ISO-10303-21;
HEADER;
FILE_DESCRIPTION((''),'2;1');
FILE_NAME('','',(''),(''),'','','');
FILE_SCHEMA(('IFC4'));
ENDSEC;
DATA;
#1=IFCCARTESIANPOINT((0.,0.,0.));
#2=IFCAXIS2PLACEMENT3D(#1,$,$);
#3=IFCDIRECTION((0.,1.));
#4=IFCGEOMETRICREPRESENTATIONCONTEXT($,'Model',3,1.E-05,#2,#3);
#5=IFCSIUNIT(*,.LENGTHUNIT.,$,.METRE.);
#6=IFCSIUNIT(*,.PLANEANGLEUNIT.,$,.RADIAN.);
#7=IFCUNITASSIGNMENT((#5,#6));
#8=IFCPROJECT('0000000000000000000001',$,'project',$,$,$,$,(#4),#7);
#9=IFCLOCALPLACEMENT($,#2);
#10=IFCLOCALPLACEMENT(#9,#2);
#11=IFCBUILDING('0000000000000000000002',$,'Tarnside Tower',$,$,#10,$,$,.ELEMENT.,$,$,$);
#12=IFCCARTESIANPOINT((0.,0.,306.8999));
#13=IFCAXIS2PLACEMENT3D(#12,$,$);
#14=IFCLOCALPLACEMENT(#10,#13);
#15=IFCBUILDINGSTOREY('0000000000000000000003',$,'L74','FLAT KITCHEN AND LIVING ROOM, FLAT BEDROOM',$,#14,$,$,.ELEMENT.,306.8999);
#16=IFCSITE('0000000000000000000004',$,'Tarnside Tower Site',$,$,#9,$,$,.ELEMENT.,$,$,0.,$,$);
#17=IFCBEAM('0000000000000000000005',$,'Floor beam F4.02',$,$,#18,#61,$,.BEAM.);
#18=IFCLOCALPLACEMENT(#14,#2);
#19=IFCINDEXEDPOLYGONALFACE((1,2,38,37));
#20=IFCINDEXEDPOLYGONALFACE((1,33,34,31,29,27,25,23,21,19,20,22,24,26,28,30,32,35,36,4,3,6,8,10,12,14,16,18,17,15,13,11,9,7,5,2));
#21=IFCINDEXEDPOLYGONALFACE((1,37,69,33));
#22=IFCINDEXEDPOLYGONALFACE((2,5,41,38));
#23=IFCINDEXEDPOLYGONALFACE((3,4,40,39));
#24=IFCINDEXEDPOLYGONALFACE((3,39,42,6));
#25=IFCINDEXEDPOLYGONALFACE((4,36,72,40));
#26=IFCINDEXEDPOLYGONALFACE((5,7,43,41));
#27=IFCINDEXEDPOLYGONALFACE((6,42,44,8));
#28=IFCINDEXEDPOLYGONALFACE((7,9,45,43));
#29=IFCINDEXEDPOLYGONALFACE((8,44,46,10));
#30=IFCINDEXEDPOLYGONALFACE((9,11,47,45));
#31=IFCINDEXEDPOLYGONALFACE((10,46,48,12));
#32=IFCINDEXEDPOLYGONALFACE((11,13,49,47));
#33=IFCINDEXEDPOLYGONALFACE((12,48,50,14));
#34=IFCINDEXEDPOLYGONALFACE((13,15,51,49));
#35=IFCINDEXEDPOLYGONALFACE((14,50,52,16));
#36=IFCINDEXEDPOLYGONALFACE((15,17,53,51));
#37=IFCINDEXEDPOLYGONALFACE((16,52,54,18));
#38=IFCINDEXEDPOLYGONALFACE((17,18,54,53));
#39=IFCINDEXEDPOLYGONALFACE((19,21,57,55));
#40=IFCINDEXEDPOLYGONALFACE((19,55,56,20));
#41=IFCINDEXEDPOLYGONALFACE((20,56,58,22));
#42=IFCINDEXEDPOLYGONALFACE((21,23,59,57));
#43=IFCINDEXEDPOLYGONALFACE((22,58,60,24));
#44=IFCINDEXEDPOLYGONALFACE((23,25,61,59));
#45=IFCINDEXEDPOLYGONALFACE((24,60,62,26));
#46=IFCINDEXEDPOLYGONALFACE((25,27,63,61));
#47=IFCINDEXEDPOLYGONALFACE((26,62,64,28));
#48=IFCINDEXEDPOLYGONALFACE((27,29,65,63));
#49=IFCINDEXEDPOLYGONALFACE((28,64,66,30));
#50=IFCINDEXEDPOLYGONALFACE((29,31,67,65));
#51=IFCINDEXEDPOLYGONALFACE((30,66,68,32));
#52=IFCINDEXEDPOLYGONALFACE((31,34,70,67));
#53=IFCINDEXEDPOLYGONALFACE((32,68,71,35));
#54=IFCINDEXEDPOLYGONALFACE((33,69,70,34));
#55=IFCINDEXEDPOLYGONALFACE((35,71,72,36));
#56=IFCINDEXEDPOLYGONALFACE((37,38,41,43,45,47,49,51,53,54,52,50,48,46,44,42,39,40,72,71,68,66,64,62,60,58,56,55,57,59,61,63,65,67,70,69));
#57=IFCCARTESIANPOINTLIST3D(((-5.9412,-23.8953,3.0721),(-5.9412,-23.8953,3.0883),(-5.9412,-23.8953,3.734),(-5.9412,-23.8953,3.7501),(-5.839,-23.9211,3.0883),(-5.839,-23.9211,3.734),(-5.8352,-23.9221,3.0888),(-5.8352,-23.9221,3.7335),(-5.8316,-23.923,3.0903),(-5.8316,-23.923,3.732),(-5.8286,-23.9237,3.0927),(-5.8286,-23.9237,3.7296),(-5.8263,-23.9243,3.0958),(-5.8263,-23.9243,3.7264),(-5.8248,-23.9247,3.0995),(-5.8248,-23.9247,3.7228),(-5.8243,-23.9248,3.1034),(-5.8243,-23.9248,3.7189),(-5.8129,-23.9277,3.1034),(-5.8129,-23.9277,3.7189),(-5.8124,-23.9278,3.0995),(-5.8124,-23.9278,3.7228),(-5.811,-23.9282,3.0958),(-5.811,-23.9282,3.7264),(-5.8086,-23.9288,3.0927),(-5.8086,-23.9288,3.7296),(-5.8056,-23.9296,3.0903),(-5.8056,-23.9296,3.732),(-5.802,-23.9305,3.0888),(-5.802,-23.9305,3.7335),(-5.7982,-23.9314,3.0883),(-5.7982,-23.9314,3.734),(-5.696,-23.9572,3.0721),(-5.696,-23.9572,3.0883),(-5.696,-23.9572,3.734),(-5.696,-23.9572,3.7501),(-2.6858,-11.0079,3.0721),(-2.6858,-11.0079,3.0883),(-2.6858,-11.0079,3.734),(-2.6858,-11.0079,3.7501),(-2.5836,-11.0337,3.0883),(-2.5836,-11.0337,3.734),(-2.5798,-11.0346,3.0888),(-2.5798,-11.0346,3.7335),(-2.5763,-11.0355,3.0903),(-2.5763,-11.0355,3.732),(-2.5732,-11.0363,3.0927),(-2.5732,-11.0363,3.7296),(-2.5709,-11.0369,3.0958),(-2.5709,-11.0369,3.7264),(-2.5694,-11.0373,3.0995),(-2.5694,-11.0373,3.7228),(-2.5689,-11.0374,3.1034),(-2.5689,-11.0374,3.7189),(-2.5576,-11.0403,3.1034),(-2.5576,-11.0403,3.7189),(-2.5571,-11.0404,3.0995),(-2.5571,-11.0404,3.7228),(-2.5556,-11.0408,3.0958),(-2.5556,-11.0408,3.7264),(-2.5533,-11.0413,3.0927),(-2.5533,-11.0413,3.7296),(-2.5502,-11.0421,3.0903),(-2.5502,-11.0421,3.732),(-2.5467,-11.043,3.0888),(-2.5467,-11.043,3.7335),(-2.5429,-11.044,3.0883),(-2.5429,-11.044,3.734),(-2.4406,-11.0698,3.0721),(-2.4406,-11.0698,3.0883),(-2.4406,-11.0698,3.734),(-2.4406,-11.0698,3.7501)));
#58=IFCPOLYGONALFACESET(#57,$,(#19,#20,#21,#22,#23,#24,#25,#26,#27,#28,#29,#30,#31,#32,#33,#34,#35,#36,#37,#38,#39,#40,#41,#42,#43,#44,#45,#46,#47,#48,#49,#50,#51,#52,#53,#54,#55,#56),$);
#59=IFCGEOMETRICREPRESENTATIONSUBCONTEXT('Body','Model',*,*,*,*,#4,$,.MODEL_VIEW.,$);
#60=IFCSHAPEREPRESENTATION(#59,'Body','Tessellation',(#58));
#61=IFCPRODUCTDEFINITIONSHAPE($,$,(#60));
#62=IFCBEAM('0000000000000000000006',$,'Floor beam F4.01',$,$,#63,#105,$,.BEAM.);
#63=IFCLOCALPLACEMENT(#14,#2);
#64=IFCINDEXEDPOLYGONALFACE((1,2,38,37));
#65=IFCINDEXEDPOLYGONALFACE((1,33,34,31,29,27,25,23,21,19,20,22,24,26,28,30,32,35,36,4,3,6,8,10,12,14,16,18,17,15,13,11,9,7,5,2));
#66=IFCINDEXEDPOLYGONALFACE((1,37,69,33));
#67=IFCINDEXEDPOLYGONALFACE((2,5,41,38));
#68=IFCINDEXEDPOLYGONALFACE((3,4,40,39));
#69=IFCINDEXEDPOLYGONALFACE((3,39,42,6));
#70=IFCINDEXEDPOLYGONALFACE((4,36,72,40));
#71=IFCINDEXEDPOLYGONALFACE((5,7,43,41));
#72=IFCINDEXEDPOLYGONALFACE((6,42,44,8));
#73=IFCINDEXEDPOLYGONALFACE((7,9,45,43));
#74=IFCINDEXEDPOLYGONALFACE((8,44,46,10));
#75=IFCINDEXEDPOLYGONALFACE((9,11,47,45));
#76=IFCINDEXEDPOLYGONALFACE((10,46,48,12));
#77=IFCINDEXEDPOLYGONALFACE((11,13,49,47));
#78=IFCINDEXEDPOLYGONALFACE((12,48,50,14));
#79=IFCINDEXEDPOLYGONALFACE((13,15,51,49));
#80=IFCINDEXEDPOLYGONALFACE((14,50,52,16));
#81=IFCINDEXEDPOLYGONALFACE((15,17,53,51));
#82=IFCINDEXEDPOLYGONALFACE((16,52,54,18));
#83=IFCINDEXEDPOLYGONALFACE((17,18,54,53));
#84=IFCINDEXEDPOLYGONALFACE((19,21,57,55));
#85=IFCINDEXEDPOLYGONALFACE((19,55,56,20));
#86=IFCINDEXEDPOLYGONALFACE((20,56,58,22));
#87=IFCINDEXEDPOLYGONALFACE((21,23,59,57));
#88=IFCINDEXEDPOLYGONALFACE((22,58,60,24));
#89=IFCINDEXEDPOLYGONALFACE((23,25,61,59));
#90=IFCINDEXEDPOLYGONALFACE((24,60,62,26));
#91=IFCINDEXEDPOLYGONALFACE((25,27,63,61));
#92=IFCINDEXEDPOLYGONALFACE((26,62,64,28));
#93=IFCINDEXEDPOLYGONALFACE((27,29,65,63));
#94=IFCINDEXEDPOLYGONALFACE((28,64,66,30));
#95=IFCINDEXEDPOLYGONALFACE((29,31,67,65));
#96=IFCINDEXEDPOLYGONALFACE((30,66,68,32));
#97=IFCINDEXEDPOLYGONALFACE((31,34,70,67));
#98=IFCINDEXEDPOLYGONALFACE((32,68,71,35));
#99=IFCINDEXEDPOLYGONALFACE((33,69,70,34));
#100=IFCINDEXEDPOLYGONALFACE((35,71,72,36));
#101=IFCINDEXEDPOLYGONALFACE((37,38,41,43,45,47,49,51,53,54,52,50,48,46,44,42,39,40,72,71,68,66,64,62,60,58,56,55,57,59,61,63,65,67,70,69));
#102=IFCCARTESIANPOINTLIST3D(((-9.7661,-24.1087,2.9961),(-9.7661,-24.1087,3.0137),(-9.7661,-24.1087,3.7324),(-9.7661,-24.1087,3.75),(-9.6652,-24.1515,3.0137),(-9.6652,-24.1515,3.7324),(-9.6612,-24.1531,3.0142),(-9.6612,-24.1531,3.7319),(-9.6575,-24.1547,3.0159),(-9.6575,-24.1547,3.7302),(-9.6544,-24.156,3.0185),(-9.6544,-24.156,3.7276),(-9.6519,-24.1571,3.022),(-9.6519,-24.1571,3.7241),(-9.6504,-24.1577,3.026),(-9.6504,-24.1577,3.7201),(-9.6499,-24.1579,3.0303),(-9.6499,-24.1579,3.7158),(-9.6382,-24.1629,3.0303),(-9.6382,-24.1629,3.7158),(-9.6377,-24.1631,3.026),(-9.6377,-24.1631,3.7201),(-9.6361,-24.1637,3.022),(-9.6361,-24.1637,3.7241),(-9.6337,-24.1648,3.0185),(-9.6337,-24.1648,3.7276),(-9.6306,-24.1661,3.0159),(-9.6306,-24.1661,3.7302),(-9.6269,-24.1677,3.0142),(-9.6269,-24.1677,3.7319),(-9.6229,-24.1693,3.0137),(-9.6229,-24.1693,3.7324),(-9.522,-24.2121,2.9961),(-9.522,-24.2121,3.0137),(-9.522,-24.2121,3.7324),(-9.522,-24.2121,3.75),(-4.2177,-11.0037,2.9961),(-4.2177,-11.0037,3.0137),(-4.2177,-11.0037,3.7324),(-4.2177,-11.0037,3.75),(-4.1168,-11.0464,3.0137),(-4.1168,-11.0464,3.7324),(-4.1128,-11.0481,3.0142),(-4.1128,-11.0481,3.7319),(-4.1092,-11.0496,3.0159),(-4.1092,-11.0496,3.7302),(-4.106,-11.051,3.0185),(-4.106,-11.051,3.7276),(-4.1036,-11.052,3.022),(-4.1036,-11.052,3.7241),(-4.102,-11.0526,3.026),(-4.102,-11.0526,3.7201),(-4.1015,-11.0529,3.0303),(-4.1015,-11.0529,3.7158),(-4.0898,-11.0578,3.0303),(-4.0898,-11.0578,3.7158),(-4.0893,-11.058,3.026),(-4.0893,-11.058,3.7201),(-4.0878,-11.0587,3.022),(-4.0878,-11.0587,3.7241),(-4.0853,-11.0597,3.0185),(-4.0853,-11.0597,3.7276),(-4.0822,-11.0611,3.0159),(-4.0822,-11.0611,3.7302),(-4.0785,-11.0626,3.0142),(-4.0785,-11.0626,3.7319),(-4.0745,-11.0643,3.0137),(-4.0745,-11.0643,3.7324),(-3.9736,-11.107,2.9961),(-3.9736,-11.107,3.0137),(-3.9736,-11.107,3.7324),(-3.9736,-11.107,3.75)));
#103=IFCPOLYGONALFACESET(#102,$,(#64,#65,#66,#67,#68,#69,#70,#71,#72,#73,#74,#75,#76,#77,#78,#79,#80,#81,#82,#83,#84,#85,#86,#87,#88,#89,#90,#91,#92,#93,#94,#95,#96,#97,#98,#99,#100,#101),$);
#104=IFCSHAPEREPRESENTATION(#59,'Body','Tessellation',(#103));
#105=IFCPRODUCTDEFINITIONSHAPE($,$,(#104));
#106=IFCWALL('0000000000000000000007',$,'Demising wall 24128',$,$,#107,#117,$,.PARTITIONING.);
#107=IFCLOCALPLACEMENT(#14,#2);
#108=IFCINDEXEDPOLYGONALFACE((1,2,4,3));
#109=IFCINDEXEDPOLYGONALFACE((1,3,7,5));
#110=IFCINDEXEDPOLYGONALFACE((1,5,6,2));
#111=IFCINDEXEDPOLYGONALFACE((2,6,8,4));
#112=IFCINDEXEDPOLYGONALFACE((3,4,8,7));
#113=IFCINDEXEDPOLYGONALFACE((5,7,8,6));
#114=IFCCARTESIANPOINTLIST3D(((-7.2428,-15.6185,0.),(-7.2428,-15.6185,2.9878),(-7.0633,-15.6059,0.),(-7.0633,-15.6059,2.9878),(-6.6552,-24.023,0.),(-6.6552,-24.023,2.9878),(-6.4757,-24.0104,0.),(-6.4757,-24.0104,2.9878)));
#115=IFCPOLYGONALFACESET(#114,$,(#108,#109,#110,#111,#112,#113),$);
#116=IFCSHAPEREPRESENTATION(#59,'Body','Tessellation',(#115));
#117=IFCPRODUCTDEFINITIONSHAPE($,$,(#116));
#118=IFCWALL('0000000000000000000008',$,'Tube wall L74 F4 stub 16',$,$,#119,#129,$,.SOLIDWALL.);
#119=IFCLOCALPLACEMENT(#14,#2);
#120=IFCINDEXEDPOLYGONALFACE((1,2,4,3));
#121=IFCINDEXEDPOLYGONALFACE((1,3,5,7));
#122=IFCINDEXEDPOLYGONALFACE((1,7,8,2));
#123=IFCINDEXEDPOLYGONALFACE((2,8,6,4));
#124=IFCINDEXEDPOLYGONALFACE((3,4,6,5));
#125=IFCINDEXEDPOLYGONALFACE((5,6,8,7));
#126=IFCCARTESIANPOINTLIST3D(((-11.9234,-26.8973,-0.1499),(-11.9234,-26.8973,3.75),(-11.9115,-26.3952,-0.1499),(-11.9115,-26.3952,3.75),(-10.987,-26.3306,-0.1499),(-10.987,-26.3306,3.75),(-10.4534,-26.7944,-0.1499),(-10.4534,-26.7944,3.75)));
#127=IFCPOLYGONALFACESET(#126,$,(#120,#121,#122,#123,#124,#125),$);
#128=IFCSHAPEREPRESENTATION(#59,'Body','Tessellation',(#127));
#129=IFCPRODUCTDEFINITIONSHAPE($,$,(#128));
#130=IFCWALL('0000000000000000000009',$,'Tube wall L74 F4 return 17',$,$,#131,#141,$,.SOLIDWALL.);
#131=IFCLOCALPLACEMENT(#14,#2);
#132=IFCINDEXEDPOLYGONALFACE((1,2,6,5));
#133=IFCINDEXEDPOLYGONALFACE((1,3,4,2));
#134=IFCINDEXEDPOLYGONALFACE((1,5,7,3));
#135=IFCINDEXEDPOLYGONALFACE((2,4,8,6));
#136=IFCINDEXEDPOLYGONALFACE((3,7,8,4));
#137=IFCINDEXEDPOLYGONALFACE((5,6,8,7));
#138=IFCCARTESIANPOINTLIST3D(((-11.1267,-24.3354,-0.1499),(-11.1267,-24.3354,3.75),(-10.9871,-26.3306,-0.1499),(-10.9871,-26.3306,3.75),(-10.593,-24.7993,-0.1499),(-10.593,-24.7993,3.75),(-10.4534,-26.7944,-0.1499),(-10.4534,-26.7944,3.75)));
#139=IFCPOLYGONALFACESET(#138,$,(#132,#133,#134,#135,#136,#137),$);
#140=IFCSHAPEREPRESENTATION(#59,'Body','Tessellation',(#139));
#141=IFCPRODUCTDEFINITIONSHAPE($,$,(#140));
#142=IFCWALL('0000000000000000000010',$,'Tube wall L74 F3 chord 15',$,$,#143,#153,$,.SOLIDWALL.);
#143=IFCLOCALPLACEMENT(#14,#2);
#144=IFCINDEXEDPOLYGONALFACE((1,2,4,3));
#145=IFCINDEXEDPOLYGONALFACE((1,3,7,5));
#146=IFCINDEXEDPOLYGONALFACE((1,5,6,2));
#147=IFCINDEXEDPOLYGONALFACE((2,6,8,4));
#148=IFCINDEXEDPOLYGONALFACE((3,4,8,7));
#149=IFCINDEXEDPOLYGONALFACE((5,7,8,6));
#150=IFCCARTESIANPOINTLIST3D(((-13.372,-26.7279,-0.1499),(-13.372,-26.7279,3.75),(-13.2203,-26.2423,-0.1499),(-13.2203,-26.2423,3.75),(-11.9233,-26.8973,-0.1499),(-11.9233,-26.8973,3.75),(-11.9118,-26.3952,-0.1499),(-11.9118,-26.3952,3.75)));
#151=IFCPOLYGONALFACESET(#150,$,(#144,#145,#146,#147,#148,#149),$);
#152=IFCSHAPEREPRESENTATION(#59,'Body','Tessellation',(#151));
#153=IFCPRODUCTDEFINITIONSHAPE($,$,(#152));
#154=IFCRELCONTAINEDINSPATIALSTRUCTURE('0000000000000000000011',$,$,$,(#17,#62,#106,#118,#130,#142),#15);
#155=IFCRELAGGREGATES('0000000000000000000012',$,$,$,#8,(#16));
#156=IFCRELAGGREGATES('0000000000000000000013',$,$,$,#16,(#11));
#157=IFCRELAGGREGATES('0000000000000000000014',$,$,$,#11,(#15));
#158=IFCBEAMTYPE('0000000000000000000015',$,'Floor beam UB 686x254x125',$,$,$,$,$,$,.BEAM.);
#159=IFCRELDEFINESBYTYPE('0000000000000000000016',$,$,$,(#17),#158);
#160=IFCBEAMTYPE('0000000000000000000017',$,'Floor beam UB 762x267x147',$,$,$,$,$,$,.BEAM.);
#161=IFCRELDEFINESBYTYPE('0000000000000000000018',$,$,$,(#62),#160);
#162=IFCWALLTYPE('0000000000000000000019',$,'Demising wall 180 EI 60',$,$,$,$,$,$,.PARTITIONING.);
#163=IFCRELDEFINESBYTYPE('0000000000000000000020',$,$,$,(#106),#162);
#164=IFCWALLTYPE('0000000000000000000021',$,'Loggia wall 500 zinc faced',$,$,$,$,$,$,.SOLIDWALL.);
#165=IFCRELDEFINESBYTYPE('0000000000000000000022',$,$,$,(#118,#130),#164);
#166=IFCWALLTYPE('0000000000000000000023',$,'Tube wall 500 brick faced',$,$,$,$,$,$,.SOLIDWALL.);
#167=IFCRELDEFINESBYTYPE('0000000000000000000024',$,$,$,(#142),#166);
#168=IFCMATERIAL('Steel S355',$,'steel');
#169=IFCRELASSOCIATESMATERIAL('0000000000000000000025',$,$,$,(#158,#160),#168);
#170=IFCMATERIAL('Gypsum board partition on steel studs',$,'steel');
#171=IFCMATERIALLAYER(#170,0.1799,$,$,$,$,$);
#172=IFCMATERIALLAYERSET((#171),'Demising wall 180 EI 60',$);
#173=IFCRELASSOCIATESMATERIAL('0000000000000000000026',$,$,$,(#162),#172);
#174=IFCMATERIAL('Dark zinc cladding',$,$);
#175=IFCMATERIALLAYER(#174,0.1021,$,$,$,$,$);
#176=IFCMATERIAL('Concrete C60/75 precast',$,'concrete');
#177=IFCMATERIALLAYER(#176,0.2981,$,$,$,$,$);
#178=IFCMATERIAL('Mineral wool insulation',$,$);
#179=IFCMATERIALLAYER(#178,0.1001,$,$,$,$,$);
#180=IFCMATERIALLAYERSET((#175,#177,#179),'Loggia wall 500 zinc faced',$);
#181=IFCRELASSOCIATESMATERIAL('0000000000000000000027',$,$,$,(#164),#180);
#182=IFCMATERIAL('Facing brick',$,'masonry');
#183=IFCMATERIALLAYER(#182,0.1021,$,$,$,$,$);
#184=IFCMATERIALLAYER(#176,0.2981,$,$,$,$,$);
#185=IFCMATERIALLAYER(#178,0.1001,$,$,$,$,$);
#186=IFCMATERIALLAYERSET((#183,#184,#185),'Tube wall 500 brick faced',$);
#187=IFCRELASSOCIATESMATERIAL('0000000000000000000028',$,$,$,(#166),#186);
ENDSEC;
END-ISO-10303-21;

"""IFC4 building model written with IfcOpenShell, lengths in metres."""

from ifc_helpers import new_model, si_unit, direction, frame, frame_2d, origin, origin_2d, place, context, subcontext, project, spatial, polyline, rectangle, i_section, outline, extrude, material, layer, layer_set, material_profile, profile_set, type_object, element, save


model = new_model("IFC4")

# Units and contexts
model_context = context("Model", 3, precision=1e-05, world=origin(), true_north=direction((0.0, 1.0)))
body_context = subcontext(model_context, "Body", "Model", "MODEL_VIEW")
ifc_project = project(units=[si_unit("LENGTHUNIT", "METRE"), si_unit("PLANEANGLEUNIT", "RADIAN")], contexts=[model_context])

# Site, building, storey
site_placement = place(None, origin())
site = spatial("IfcSite", under=ifc_project, at=site_placement, Name="Tarnside Tower Site", CompositionType="ELEMENT", RefElevation=0.0)
building_placement = place(site_placement, origin())
building = spatial("IfcBuilding", under=site, at=building_placement, Name="Tarnside Tower", CompositionType="ELEMENT")
storey_placement = place(building_placement, frame((0.0, 0.0, 306.8999)))
storey = spatial("IfcBuildingStorey", under=building, at=storey_placement, Name="L74", Description="FLAT KITCHEN AND LIVING ROOM, FLAT BEDROOM", CompositionType="ELEMENT", Elevation=306.8999)

# Beams
ifc_material_1 = material(Name="Steel S355", Category="steel")
ifc_material_profile_1 = material_profile(ifc_material_1, i_section(OverallWidth=0.2529, OverallDepth=0.678, WebThickness=0.0117, FlangeThickness=0.0161, FilletRadius=0.0151, at=origin_2d()), Name="UB 686x254x125")
ifc_profile_set_1 = profile_set([ifc_material_profile_1], Name="Steel S355")
beam_type_1 = type_object("IfcBeamType", Name="Floor beam UB 686x254x125", PredefinedType="BEAM", material=ifc_profile_set_1)
beam_1_placement = place(storey_placement, frame((-5.8186, -23.9263, 3.4111), z_axis=(0.244908, 0.969546, 0.0), x_axis=(-0.969546, 0.244908, 0.0)))
element("IfcBeam", 1, at=beam_1_placement, inside=storey, type_object=beam_type_1, Name="Floor beam F4.02", PredefinedType="BEAM", context=body_context, shape_type="SweptSolid", body=[
    extrude(i_section(OverallWidth=0.2529, OverallDepth=0.678, WebThickness=0.0117, FlangeThickness=0.0161, FilletRadius=0.0151, at=origin_2d()), origin(), (0.0, 0.0, 1.0), 13.2922),
])
ifc_material_profile_2 = material_profile(ifc_material_1, i_section(OverallWidth=0.2651, OverallDepth=0.7539, WebThickness=0.0127, FlangeThickness=0.0176, FilletRadius=0.0166, at=origin_2d()), Name="UB 762x267x147")
ifc_profile_set_2 = profile_set([ifc_material_profile_2], Name="Steel S355")
beam_type_2 = type_object("IfcBeamType", Name="Floor beam UB 762x267x147", PredefinedType="BEAM", material=ifc_profile_set_2)
beam_2_placement = place(storey_placement, frame((-9.644, -24.1604, 3.373), z_axis=(0.389874, 0.920868, 0.0), x_axis=(-0.920868, 0.389874, 0.0)))
element("IfcBeam", 2, at=beam_2_placement, inside=storey, type_object=beam_type_2, Name="Floor beam F4.01", PredefinedType="BEAM", context=body_context, shape_type="SweptSolid", body=[
    extrude(i_section(OverallWidth=0.2651, OverallDepth=0.7539, WebThickness=0.0127, FlangeThickness=0.0176, FilletRadius=0.0166, at=origin_2d()), origin(), (0.0, 0.0, 1.0), 14.2312),
])

# Walls
ifc_material_2 = material(Name="Gypsum board partition on steel studs", Category="steel")
ifc_layer_1 = layer(ifc_material_2, 0.1799)
ifc_layer_set_1 = layer_set([ifc_layer_1], Name="Demising wall 180 EI 60")
wall_type_1 = type_object("IfcWallType", Name="Demising wall 180 EI 60", PredefinedType="PARTITIONING", material=ifc_layer_set_1)
wall_1_placement = place(storey_placement, frame((-6.5654, -24.0166, 0.0), z_axis=(0.0, 0.0, 1.0), x_axis=(-0.06975, 0.997565, 0.0)))
element("IfcWall", 3, at=wall_1_placement, inside=storey, type_object=wall_type_1, Name="Demising wall 24128", PredefinedType="PARTITIONING", context=body_context, shape_type="SweptSolid", body=[
    extrude(rectangle(XDim=8.425, YDim=0.1799, at=frame_2d((4.2124, 0.0))), origin(), (0.0, 0.0, 1.0), 2.9878),
])
ifc_material_3 = material(Name="Dark zinc cladding")
ifc_layer_2 = layer(ifc_material_3, 0.1021)
ifc_material_4 = material(Name="Concrete C60/75 precast", Category="concrete")
ifc_layer_3 = layer(ifc_material_4, 0.2981)
ifc_material_5 = material(Name="Mineral wool insulation")
ifc_layer_4 = layer(ifc_material_5, 0.1001)
ifc_layer_set_2 = layer_set([ifc_layer_2, ifc_layer_3, ifc_layer_4], Name="Loggia wall 500 zinc faced")
wall_type_2 = type_object("IfcWallType", Name="Loggia wall 500 zinc faced", PredefinedType="SOLIDWALL", material=ifc_layer_set_2)
wall_2_placement = place(storey_placement, frame((-11.9175, -26.6462, -0.1499), z_axis=(0.0, 0.0, 1.0), x_axis=(0.997563, 0.069772, 0.0)))
element("IfcWall", 4, at=wall_2_placement, inside=storey, type_object=wall_type_2, Name="Tube wall L74 F4 stub 16", PredefinedType="SOLIDWALL", context=body_context, shape_type="SweptSolid", body=[
    extrude(outline(polyline([(-0.0234, -0.25), (1.4502, -0.25), (0.9502, 0.25), (0.0234, 0.25), (-0.0234, -0.25)])), origin(), (0.0, 0.0, 1.0), 3.8999),
])
wall_3_placement = place(storey_placement, frame((-10.7202, -26.5625, -0.1499), z_axis=(0.0, 0.0, 1.0), x_axis=(-0.069824, 0.997559, 0.0)))
element("IfcWall", 5, at=wall_3_placement, inside=storey, type_object=wall_type_2, Name="Tube wall L74 F4 return 17", PredefinedType="SOLIDWALL", context=body_context, shape_type="SweptSolid", body=[
    extrude(outline(polyline([(-0.25, -0.25), (1.75, -0.25), (2.25, 0.25), (0.25, 0.25), (-0.25, -0.25)])), origin(), (0.0, 0.0, 1.0), 3.8999),
])

# Wall
ifc_material_6 = material(Name="Facing brick", Category="masonry")
ifc_layer_5 = layer(ifc_material_6, 0.1021)
ifc_layer_6 = layer(ifc_material_4, 0.2981)
ifc_layer_7 = layer(ifc_material_5, 0.1001)
ifc_layer_set_3 = layer_set([ifc_layer_5, ifc_layer_6, ifc_layer_7], Name="Tube wall 500 brick faced")
wall_type_3 = type_object("IfcWallType", Name="Tube wall 500 brick faced", PredefinedType="SOLIDWALL", material=ifc_layer_set_3)
wall_4_placement = place(storey_placement, frame((-13.2961, -26.4851, -0.1499), z_axis=(0.0, 0.0, 1.0), x_axis=(0.993239, -0.116086, 0.0)))
element("IfcWall", 6, at=wall_4_placement, inside=storey, type_object=wall_type_3, Name="Tube wall L74 F3 chord 15", PredefinedType="SOLIDWALL", context=body_context, shape_type="SweptSolid", body=[
    extrude(outline(polyline([(-0.0471, -0.25), (1.4114, -0.25), (1.3645, 0.25), (0.0471, 0.25), (-0.0471, -0.25)])), origin(), (0.0, 0.0, 1.0), 3.8999),
])

save(model, "model.ifc")
